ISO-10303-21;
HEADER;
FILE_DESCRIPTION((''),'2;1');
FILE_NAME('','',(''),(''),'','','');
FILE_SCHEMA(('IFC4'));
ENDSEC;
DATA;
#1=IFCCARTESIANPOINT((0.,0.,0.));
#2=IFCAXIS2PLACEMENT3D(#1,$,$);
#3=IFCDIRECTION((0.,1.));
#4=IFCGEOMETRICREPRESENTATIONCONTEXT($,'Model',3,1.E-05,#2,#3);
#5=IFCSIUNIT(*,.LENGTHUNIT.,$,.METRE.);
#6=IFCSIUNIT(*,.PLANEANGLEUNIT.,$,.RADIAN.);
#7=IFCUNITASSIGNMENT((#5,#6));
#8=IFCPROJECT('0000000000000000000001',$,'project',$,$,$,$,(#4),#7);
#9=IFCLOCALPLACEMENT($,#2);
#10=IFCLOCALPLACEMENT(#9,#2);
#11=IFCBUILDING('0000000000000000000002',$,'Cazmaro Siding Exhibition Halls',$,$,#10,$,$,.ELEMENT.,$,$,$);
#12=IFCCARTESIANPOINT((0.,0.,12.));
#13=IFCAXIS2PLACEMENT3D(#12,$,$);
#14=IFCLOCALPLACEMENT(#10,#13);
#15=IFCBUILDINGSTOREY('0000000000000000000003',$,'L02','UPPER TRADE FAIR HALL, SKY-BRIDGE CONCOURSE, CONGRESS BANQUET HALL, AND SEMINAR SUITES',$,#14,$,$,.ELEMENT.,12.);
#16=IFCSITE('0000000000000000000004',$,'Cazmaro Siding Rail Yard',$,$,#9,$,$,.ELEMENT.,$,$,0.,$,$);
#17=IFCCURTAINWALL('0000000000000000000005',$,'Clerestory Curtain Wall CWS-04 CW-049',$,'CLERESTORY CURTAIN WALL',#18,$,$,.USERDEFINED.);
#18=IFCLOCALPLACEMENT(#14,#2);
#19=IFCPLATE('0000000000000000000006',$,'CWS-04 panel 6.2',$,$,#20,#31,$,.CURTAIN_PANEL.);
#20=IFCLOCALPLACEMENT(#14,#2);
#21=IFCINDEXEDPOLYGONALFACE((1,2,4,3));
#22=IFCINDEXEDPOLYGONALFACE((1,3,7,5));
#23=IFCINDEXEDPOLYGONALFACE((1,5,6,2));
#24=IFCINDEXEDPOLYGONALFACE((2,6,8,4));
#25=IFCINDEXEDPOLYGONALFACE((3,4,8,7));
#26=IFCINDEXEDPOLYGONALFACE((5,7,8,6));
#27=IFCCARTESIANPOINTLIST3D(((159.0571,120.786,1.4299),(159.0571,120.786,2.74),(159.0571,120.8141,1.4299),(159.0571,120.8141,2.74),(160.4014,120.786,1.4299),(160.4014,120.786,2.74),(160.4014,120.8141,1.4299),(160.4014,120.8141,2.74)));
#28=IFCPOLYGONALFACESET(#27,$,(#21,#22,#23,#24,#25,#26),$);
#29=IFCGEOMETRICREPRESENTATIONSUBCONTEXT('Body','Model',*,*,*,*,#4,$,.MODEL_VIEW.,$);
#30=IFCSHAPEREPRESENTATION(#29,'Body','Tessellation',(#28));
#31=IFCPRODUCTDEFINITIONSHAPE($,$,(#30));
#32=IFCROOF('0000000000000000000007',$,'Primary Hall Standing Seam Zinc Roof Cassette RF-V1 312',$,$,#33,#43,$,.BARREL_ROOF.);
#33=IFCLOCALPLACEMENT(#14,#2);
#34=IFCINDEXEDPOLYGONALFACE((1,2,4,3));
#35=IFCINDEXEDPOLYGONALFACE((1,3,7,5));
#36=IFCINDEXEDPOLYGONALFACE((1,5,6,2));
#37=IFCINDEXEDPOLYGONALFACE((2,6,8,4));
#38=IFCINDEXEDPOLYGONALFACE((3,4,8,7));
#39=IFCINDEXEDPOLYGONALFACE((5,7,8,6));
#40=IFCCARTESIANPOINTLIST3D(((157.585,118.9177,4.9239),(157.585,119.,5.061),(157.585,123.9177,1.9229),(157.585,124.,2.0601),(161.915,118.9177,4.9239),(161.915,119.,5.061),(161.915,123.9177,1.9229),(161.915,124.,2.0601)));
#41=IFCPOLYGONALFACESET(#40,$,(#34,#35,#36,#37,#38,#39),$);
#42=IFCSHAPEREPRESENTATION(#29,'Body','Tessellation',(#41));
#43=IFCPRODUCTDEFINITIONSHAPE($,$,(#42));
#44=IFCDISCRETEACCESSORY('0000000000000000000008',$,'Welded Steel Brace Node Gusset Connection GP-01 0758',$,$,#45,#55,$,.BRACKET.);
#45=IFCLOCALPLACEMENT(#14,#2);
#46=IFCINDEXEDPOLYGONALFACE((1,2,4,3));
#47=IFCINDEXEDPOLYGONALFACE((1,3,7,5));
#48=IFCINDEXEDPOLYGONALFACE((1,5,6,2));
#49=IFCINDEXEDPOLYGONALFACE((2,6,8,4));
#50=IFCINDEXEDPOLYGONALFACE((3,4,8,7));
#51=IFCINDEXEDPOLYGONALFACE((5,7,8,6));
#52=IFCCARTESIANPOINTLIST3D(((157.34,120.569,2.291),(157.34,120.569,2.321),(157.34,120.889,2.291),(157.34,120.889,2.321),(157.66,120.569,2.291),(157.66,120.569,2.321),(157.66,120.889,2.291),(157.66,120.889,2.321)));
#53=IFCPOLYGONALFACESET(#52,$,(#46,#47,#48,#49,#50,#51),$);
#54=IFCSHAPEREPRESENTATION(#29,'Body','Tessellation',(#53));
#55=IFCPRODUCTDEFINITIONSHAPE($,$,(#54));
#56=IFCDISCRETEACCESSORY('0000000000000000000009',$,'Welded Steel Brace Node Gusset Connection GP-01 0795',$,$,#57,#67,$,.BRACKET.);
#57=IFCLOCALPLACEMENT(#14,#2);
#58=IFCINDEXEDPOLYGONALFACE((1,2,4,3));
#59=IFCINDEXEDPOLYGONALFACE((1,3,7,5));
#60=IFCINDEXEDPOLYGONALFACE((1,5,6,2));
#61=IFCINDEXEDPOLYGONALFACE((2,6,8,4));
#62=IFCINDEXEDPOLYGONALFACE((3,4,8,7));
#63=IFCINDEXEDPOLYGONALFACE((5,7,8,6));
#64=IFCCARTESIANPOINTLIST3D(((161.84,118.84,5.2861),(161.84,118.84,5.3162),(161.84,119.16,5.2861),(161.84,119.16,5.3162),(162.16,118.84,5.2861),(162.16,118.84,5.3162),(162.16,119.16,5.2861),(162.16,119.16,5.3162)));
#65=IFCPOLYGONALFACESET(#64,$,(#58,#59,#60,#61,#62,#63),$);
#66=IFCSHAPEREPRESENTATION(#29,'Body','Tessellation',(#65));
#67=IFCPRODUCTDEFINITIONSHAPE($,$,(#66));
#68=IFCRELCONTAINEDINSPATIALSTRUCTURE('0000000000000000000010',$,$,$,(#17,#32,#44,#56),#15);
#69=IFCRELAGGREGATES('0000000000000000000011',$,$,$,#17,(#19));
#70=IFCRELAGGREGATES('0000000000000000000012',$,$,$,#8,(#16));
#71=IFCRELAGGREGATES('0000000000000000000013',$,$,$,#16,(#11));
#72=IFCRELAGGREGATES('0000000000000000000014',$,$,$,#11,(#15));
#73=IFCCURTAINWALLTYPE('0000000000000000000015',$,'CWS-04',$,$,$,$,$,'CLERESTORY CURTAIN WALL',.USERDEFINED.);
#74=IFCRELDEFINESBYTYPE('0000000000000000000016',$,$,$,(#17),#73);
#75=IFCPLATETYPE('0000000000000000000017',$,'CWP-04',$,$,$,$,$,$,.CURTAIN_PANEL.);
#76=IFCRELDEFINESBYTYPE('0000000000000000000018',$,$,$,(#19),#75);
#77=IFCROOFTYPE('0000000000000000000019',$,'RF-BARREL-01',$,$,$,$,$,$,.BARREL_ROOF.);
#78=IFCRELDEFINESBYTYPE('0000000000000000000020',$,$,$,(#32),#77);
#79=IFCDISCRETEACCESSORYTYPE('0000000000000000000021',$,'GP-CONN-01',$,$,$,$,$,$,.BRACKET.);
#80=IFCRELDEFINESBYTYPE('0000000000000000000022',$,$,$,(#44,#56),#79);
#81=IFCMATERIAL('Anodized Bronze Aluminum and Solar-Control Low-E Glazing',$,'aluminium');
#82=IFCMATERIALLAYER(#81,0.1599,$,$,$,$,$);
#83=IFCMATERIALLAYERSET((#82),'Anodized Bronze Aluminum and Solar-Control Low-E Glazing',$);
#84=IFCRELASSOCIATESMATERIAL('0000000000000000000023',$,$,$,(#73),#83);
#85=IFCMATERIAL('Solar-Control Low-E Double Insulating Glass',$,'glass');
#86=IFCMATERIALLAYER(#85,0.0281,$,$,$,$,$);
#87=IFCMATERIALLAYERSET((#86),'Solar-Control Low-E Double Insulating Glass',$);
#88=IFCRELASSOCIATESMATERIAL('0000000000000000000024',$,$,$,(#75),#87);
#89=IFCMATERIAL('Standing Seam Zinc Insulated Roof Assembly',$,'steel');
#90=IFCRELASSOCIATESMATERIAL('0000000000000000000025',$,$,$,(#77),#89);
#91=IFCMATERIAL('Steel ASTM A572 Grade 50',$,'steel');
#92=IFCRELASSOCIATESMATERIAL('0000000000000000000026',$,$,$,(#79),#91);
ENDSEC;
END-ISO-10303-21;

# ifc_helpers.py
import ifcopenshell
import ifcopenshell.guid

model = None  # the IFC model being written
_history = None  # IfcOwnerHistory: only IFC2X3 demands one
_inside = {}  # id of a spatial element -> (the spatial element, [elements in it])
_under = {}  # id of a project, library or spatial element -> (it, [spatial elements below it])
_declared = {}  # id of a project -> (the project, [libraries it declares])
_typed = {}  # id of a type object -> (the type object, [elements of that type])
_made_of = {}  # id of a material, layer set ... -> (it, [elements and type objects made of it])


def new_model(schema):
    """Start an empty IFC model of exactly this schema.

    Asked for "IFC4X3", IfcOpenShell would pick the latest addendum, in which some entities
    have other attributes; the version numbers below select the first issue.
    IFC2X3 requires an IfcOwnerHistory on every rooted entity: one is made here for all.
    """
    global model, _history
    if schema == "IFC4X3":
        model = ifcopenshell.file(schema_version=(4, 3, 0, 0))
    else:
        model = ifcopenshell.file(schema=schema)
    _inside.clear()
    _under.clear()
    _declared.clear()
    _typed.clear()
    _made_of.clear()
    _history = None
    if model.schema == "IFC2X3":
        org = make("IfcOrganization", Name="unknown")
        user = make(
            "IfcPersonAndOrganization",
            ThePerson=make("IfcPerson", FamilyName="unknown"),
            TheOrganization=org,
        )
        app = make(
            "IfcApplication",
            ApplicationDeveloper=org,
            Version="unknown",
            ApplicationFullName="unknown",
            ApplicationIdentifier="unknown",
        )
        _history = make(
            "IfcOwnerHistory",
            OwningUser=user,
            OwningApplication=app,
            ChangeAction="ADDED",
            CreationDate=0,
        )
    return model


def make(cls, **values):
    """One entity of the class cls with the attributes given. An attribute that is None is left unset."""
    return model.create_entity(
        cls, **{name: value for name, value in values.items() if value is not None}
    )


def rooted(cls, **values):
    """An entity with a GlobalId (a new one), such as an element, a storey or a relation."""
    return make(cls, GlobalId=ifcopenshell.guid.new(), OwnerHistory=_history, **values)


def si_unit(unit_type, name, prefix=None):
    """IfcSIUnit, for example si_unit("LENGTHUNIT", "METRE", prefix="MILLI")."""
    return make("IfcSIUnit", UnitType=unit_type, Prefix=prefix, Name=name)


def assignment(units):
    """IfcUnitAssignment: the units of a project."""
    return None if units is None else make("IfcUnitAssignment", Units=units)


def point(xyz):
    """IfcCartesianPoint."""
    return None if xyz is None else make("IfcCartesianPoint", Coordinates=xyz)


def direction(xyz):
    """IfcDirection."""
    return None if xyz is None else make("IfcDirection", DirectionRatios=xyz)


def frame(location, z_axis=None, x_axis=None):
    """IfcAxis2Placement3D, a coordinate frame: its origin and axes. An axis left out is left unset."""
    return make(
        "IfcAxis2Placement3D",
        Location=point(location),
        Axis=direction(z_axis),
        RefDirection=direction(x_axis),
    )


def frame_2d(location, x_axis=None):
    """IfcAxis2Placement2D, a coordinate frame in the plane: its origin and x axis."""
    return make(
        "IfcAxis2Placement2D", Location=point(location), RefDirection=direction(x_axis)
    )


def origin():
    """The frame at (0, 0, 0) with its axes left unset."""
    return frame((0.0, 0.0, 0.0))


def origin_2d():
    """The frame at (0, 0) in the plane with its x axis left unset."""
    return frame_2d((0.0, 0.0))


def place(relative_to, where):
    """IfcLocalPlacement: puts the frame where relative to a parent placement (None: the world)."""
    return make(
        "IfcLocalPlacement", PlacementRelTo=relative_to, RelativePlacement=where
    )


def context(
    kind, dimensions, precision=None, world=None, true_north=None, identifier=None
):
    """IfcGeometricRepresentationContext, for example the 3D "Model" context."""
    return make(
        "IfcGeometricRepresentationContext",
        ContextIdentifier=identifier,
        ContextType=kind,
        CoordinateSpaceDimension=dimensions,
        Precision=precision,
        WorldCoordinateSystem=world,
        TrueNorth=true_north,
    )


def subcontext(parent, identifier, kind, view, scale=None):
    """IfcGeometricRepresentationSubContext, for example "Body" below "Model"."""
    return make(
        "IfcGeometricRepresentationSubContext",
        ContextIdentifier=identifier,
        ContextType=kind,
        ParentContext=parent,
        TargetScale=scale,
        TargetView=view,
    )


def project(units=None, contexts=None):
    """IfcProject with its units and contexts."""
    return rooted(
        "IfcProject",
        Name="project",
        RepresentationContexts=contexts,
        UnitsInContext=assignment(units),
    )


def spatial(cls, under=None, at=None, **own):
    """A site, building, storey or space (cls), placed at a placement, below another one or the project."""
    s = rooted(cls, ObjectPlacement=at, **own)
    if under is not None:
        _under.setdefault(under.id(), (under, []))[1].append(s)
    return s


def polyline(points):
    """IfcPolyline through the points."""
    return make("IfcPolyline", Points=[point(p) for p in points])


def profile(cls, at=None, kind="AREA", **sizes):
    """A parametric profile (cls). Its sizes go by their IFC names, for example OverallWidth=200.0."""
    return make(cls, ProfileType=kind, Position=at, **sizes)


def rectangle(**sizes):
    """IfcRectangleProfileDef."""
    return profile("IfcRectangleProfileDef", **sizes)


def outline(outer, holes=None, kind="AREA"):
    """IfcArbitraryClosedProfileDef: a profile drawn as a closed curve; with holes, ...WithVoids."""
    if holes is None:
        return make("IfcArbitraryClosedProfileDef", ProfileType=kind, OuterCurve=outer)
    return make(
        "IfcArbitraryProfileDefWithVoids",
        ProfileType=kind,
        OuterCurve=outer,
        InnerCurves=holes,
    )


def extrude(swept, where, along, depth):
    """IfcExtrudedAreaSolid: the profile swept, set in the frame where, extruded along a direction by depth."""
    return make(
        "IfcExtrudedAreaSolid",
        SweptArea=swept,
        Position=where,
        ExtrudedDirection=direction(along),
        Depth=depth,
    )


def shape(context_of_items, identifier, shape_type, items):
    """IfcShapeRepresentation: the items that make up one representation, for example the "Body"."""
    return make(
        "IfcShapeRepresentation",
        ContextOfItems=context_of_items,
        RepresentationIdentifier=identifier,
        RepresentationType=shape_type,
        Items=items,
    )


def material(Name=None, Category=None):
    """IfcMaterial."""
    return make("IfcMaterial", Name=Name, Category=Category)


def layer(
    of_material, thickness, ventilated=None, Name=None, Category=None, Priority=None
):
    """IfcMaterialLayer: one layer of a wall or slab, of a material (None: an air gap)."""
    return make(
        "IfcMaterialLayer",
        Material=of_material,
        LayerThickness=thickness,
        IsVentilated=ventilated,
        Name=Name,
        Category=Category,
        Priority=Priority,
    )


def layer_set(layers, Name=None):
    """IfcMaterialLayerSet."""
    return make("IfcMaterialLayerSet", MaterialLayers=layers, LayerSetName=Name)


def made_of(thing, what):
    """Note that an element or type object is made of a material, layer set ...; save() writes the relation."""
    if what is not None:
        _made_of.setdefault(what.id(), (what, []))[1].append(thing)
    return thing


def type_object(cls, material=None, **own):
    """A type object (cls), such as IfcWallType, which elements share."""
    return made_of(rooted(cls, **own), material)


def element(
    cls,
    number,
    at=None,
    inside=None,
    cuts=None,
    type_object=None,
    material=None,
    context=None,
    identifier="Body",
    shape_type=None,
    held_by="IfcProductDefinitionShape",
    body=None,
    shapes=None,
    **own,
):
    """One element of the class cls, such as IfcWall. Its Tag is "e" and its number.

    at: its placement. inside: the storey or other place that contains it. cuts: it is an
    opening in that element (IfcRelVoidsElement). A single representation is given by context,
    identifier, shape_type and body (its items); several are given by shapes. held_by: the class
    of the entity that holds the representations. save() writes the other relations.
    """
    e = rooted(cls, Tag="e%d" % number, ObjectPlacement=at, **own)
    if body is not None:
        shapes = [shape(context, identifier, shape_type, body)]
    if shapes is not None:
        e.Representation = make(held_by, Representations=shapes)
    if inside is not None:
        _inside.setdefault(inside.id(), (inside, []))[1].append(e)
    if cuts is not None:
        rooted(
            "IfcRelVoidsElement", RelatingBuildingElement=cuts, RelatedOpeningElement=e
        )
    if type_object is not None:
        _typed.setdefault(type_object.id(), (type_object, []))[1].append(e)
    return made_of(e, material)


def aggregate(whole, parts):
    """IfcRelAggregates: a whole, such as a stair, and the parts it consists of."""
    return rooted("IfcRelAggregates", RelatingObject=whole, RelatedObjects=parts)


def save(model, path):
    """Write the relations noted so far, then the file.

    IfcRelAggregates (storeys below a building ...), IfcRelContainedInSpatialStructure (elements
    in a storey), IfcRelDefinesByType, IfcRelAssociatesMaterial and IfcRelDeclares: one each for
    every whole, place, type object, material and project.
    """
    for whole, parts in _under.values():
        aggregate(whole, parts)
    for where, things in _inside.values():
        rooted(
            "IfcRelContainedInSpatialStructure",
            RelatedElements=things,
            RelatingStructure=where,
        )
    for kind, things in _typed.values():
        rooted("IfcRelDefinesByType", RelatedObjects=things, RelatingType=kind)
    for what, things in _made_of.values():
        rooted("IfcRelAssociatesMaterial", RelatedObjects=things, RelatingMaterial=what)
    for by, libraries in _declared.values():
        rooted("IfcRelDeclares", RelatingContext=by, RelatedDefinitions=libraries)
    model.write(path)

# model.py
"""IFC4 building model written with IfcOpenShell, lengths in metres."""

from ifc_helpers import new_model, si_unit, direction, frame, origin, origin_2d, place, context, subcontext, project, spatial, polyline, rectangle, outline, extrude, material, layer, layer_set, type_object, element, aggregate, save


model = new_model("IFC4")

# Units and contexts
model_context = context("Model", 3, precision=1e-05, world=origin(), true_north=direction((0.0, 1.0)))
body_context = subcontext(model_context, "Body", "Model", "MODEL_VIEW")
ifc_project = project(units=[si_unit("LENGTHUNIT", "METRE"), si_unit("PLANEANGLEUNIT", "RADIAN")], contexts=[model_context])

# Site, building, storey
site_placement = place(None, origin())
site = spatial("IfcSite", under=ifc_project, at=site_placement, Name="Cazmaro Siding Rail Yard", CompositionType="ELEMENT", RefElevation=0.0)
building_placement = place(site_placement, origin())
building = spatial("IfcBuilding", under=site, at=building_placement, Name="Cazmaro Siding Exhibition Halls", CompositionType="ELEMENT")
storey_placement = place(building_placement, frame((0.0, 0.0, 12.0)))
storey = spatial("IfcBuildingStorey", under=building, at=storey_placement, Name="L02", Description="UPPER TRADE FAIR HALL, SKY-BRIDGE CONCOURSE, CONGRESS BANQUET HALL, AND SEMINAR SUITES", CompositionType="ELEMENT", Elevation=12.0)

# Shared definitions
ifc_material_1 = material(Name="Anodized Bronze Aluminum and Solar-Control Low-E Glazing", Category="aluminium")
ifc_layer_1 = layer(ifc_material_1, 0.1599)
ifc_layer_set_1 = layer_set([ifc_layer_1], Name="Anodized Bronze Aluminum and Solar-Control Low-E Glazing")
curtain_wall_type = type_object("IfcCurtainWallType", Name="CWS-04", ElementType="CLERESTORY CURTAIN WALL", PredefinedType="USERDEFINED", material=ifc_layer_set_1)

# Curtain wall
curtain_wall_1_placement = place(storey_placement, origin())
curtain_wall_1 = element("IfcCurtainWall", 1, at=curtain_wall_1_placement, inside=storey, type_object=curtain_wall_type, Name="Clerestory Curtain Wall CWS-04 CW-049", ObjectType="CLERESTORY CURTAIN WALL", PredefinedType="USERDEFINED")

# Plate
ifc_material_2 = material(Name="Solar-Control Low-E Double Insulating Glass", Category="glass")
ifc_layer_2 = layer(ifc_material_2, 0.0281)
ifc_layer_set_2 = layer_set([ifc_layer_2], Name="Solar-Control Low-E Double Insulating Glass")
plate_type_1 = type_object("IfcPlateType", Name="CWP-04", PredefinedType="CURTAIN_PANEL", material=ifc_layer_set_2)
plate_1_placement = place(storey_placement, frame((159.7292, 120.8, 1.4299), z_axis=(0.0, 0.0, 1.0), x_axis=(-1.0, 0.0, 0.0)))
plate_1 = element("IfcPlate", 2, at=plate_1_placement, type_object=plate_type_1, Name="CWS-04 panel 6.2", PredefinedType="CURTAIN_PANEL", context=body_context, shape_type="SweptSolid", body=[
    extrude(rectangle(XDim=1.3442, YDim=0.0281, at=origin_2d()), origin(), (0.0, 0.0, 1.0), 1.3101),
])
aggregate(curtain_wall_1, [plate_1])

# Roof
ifc_material_3 = material(Name="Standing Seam Zinc Insulated Roof Assembly", Category="steel")
roof_type = type_object("IfcRoofType", Name="RF-BARREL-01", PredefinedType="BARREL_ROOF", material=ifc_material_3)
roof_placement = place(storey_placement, frame((157.585, 119.0, 5.061), z_axis=(0.0, 0.514619, 0.857419), x_axis=(1.0, 0.0, 0.0)))
element("IfcRoof", 3, at=roof_placement, inside=storey, type_object=roof_type, Name="Primary Hall Standing Seam Zinc Roof Cassette RF-V1 312", PredefinedType="BARREL_ROOF", context=body_context, shape_type="SweptSolid", body=[
    extrude(outline(polyline([(0.0, 0.0), (4.3301, 0.0), (4.3301, 5.8315), (0.0, 5.8315), (0.0, 0.0)])), origin(), (0.0, 0.0, -1.0), 0.1599),
])

# Discrete accessories
ifc_material_4 = material(Name="Steel ASTM A572 Grade 50", Category="steel")
discrete_accessory_type = type_object("IfcDiscreteAccessoryType", Name="GP-CONN-01", PredefinedType="BRACKET", material=ifc_material_4)
for number, where, z_axis, x_axis, name in (
    (4, (157.5, 120.729, 2.291), (0.0, 0.0, 1.0), (1.0, 0.0, 0.0), "Welded Steel Brace Node Gusset Connection GP-01 0758"),
    (5, (162.0, 119.0, 5.2861), (0.0, 0.0, 1.0), (1.0, 0.0, 0.0), "Welded Steel Brace Node Gusset Connection GP-01 0795"),
):
    element("IfcDiscreteAccessory", number, at=place(storey_placement, frame(where, z_axis=z_axis, x_axis=x_axis)), inside=storey, type_object=discrete_accessory_type, Name=name, PredefinedType="BRACKET", context=body_context, shape_type="SweptSolid", body=[
        extrude(rectangle(XDim=0.3201, YDim=0.3201, at=origin_2d()), origin(), (0.0, 0.0, 1.0), 0.03),
    ])

save(model, "model.ifc")
